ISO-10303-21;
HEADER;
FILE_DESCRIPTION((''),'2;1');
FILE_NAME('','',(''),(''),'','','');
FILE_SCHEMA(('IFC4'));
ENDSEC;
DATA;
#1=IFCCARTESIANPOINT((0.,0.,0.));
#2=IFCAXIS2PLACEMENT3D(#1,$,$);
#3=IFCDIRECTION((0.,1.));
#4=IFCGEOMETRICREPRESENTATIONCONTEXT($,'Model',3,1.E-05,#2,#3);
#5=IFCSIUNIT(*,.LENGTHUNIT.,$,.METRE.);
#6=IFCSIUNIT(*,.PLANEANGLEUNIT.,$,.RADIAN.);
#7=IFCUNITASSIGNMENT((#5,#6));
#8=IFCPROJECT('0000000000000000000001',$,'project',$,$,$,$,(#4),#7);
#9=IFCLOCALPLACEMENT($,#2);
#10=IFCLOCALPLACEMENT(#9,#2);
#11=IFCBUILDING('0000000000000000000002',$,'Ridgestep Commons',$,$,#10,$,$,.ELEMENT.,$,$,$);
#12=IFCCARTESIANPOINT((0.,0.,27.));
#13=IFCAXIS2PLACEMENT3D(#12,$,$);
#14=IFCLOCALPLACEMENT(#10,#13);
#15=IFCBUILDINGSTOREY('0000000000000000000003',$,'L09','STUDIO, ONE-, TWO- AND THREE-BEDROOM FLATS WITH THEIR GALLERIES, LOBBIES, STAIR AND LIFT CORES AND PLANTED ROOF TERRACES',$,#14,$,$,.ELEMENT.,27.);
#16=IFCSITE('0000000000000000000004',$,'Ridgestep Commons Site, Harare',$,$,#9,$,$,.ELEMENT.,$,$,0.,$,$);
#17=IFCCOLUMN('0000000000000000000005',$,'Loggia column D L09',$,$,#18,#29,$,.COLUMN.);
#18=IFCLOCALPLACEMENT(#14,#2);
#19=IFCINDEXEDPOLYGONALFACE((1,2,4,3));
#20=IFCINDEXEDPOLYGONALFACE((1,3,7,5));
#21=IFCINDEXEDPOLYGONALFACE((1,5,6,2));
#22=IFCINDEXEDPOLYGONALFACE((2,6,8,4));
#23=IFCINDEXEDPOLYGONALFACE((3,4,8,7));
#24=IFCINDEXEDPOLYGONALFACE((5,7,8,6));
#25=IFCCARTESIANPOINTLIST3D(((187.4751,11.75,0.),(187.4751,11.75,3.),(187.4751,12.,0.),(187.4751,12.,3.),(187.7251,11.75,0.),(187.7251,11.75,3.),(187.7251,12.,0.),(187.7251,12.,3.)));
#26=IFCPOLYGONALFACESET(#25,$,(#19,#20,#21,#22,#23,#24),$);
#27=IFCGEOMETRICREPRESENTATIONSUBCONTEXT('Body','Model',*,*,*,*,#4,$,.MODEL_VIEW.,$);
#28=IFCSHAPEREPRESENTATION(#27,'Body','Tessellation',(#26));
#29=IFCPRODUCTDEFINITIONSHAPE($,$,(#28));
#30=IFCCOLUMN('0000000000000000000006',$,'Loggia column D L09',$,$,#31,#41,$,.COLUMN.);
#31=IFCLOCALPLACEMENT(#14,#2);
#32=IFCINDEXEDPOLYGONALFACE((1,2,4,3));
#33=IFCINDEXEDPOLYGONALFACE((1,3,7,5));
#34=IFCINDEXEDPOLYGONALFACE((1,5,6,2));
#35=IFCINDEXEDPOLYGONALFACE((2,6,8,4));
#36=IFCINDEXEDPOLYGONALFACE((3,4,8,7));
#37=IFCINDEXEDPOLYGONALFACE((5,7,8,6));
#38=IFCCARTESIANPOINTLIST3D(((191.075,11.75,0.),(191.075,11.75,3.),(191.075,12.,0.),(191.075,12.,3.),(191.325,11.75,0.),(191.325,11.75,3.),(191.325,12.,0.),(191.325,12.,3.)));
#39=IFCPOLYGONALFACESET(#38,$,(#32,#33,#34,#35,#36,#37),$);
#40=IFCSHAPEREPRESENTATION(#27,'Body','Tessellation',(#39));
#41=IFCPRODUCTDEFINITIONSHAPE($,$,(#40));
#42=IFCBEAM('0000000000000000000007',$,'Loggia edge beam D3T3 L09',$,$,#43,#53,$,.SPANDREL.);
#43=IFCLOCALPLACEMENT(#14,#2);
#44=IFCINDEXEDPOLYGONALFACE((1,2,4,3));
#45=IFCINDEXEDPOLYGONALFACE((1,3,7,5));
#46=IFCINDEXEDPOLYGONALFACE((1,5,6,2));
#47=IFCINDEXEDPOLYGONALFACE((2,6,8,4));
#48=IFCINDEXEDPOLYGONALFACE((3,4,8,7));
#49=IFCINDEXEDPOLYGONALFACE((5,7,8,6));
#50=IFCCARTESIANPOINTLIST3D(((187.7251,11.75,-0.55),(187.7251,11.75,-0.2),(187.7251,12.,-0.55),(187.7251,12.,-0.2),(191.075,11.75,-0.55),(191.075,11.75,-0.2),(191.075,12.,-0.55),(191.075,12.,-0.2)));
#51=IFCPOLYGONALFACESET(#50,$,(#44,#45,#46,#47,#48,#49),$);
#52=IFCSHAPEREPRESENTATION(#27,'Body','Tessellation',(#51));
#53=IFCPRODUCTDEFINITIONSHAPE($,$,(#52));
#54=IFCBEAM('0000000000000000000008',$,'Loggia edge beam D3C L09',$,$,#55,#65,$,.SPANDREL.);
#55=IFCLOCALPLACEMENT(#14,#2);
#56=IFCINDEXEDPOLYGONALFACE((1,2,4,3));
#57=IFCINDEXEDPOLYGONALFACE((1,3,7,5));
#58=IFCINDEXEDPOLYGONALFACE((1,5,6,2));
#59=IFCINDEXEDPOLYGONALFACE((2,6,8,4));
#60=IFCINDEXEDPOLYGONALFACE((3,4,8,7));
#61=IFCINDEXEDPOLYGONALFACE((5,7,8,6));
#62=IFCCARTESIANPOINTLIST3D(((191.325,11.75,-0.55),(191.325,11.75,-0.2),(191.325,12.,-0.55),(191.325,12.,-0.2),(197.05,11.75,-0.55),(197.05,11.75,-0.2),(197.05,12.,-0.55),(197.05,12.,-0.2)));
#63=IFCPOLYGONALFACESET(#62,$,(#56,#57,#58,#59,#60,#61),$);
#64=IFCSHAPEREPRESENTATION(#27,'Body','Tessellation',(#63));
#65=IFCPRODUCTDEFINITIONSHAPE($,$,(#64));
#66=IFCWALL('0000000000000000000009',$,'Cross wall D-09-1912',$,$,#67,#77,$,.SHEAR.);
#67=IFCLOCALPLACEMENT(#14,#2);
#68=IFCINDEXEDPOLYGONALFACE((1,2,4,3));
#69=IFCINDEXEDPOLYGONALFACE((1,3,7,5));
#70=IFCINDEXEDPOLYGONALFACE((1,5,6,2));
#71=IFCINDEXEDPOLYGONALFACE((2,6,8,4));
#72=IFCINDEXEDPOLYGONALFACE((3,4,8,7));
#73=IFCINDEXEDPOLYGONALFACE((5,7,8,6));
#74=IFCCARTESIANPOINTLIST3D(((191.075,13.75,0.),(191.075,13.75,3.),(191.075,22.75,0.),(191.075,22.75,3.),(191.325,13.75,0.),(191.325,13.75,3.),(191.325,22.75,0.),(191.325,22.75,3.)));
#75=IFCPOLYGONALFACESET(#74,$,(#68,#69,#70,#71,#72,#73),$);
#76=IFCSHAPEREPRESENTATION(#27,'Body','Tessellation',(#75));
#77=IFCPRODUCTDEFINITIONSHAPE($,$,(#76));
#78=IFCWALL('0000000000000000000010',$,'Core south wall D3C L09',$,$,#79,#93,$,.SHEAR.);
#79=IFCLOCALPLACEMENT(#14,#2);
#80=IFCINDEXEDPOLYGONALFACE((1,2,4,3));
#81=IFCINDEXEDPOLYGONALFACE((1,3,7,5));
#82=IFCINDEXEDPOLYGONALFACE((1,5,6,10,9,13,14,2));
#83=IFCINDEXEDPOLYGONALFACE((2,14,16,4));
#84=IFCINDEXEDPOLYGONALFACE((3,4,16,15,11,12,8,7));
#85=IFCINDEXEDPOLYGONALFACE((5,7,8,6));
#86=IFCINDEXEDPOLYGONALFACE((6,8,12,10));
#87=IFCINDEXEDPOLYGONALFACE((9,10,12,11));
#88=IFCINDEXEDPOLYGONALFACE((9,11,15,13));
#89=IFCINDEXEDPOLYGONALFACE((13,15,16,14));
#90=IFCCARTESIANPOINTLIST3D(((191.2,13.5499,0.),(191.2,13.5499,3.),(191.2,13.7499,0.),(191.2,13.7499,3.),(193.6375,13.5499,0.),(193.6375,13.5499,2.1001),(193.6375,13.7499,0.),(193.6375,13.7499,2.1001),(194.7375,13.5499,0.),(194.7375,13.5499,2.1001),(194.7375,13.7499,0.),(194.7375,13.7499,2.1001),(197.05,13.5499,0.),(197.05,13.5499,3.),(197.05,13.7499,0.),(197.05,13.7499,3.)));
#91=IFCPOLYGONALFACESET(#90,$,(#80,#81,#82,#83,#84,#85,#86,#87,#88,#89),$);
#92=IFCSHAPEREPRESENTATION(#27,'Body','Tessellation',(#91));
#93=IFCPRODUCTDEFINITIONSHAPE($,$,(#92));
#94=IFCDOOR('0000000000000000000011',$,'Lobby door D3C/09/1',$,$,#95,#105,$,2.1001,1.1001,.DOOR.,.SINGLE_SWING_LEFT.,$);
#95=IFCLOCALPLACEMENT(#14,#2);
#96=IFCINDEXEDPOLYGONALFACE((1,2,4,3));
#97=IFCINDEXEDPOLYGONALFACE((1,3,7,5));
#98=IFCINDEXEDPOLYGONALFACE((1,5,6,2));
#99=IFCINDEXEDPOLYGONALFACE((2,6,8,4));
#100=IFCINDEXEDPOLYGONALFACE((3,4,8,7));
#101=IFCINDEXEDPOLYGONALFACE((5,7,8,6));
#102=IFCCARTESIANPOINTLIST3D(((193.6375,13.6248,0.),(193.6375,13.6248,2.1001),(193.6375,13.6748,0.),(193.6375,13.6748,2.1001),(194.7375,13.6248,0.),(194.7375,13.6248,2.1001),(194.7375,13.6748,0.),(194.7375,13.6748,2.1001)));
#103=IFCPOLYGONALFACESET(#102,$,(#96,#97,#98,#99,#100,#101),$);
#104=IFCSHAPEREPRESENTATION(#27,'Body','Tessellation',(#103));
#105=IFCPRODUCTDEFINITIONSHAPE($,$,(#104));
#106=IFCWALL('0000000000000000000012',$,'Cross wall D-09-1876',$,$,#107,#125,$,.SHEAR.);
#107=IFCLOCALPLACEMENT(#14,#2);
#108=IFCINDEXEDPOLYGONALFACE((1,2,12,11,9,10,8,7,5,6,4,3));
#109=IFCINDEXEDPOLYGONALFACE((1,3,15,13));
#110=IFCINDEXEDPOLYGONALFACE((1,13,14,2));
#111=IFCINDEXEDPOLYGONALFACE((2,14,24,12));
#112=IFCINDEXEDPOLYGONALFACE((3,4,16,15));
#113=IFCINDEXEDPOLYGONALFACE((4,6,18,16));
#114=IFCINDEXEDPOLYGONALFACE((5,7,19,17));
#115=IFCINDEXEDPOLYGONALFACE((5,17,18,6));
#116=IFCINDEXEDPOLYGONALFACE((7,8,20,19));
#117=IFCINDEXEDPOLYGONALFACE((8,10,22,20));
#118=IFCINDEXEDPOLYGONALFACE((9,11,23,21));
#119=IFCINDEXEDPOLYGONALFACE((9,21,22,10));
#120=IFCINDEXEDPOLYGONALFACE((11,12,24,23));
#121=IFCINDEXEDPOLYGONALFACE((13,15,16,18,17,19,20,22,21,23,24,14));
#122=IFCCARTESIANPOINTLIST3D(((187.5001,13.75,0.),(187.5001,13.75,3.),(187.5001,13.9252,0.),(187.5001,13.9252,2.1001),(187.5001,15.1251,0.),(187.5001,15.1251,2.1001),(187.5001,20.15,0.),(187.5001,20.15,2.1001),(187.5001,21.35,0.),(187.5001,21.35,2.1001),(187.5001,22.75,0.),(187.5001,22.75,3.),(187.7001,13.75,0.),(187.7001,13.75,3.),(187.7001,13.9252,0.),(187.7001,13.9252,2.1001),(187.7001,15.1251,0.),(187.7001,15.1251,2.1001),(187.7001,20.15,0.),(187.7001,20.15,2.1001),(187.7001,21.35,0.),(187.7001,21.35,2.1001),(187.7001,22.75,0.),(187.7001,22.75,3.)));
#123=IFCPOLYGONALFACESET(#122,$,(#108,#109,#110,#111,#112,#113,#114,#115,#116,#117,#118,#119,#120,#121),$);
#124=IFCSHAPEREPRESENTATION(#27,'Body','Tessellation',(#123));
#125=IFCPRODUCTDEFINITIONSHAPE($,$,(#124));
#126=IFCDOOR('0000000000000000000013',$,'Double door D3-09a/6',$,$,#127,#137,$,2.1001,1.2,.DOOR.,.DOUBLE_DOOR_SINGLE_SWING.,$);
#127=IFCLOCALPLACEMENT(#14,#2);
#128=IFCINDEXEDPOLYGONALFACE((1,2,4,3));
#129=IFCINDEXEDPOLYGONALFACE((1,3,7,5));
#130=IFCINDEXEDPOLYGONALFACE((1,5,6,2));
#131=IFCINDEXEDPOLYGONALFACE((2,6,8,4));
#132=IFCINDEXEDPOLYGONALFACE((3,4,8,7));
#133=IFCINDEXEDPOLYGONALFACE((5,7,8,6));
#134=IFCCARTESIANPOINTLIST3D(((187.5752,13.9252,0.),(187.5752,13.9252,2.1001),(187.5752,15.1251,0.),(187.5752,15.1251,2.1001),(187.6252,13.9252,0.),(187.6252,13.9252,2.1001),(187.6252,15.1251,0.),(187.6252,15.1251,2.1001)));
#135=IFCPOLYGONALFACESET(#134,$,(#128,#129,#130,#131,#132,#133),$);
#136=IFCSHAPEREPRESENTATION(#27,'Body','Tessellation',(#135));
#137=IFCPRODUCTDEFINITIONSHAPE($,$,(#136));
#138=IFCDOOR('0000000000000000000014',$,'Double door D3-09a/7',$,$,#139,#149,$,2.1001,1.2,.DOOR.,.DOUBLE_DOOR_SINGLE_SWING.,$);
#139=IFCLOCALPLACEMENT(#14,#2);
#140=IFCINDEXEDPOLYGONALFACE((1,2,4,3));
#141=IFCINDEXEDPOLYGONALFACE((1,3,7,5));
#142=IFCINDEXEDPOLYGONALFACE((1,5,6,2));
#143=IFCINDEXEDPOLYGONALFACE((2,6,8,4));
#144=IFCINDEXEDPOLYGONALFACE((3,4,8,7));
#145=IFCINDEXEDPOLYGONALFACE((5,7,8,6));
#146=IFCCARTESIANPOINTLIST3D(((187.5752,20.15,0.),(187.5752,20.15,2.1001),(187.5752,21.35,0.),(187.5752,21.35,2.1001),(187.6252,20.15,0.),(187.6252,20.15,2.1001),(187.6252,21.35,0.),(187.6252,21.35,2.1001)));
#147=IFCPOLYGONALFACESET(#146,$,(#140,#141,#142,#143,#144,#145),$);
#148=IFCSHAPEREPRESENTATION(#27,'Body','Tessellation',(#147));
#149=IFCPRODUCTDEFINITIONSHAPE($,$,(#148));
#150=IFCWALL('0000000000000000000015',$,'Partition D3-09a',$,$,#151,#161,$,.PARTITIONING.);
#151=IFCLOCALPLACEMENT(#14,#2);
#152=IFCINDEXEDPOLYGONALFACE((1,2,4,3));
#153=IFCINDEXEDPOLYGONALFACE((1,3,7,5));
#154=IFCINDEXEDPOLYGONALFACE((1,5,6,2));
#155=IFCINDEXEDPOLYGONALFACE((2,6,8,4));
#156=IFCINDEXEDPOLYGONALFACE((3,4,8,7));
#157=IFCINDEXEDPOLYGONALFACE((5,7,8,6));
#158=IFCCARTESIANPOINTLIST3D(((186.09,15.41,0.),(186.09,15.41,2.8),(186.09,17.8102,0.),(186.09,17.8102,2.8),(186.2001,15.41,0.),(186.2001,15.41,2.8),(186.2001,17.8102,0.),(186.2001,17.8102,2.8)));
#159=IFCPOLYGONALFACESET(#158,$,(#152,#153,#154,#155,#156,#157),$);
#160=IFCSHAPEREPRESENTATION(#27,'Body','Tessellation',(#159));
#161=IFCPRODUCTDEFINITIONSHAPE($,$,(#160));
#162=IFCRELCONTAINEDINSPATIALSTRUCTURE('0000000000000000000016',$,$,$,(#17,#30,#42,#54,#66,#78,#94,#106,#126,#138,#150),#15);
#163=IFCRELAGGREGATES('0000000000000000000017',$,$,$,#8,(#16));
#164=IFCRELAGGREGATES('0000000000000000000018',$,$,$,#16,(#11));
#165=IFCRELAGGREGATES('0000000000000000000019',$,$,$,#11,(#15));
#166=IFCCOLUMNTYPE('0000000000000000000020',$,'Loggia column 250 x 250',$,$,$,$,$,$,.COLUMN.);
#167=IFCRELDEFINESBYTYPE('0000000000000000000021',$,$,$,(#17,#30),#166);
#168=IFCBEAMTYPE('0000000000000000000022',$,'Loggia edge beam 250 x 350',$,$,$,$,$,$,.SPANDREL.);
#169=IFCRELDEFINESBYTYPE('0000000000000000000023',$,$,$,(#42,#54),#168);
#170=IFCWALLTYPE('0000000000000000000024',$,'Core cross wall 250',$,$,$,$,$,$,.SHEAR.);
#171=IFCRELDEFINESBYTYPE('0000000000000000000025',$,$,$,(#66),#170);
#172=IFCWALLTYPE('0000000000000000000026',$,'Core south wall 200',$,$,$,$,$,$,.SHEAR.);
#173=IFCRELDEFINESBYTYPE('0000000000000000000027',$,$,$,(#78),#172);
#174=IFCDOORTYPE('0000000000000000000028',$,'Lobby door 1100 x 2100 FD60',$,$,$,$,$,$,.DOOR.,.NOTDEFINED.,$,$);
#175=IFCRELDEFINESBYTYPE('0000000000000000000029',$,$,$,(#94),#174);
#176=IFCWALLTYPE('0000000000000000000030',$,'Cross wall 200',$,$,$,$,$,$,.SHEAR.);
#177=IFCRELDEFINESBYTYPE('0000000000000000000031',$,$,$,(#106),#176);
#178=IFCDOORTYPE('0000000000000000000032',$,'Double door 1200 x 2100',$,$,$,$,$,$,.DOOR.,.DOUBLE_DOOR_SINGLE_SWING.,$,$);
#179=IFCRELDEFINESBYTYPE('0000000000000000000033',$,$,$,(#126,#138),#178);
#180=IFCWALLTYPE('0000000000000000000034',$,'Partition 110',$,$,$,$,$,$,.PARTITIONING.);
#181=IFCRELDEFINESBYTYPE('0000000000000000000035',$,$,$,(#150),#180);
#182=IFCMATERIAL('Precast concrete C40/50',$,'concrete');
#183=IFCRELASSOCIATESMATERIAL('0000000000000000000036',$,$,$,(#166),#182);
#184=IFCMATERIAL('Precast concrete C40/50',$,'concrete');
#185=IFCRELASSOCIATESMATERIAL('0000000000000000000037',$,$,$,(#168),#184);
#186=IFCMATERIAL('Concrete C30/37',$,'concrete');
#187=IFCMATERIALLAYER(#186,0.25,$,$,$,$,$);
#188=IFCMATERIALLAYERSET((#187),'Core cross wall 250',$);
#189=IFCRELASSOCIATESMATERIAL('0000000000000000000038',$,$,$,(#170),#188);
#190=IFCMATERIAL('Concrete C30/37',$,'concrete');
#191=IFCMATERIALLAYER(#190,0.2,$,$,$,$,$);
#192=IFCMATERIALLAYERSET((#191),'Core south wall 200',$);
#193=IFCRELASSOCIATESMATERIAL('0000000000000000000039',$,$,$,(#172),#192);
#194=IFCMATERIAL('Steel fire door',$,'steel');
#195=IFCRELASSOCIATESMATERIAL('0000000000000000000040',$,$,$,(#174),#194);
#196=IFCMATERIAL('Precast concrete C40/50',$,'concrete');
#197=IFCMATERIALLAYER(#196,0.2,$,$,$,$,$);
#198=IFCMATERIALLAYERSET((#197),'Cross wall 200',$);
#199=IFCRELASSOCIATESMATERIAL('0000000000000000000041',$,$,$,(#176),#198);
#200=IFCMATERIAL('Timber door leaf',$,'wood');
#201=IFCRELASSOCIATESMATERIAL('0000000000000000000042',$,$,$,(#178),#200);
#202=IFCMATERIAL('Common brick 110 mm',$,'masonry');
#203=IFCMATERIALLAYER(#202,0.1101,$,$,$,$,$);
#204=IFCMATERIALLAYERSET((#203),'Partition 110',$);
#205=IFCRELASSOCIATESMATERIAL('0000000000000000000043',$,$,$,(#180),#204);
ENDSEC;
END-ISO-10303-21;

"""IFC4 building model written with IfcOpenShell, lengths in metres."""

from ifc_helpers import new_model, si_unit, direction, frame, frame_2d, origin, origin_2d, place, context, subcontext, project, spatial, rectangle, extrude, material, layer, layer_set, material_profile, profile_set, type_object, element, fill, save


model = new_model("IFC4")

# Units and contexts
model_context = context("Model", 3, precision=1e-05, world=origin(), true_north=direction((0.0, 1.0)))
body_context = subcontext(model_context, "Body", "Model", "MODEL_VIEW")
ifc_project = project(units=[si_unit("LENGTHUNIT", "METRE"), si_unit("PLANEANGLEUNIT", "RADIAN")], contexts=[model_context])

# Site, building, storey
site_placement = place(None, origin())
site = spatial("IfcSite", under=ifc_project, at=site_placement, Name="Ridgestep Commons Site, Harare", CompositionType="ELEMENT", RefElevation=0.0)
building_placement = place(site_placement, origin())
building = spatial("IfcBuilding", under=site, at=building_placement, Name="Ridgestep Commons", CompositionType="ELEMENT")
storey_placement = place(building_placement, frame((0.0, 0.0, 27.0)))
storey = spatial("IfcBuildingStorey", under=building, at=storey_placement, Name="L09", Description="STUDIO, ONE-, TWO- AND THREE-BEDROOM FLATS WITH THEIR GALLERIES, LOBBIES, STAIR AND LIFT CORES AND PLANTED ROOF TERRACES", CompositionType="ELEMENT", Elevation=27.0)

# Columns
ifc_material_1 = material(Name="Precast concrete C40/50", Category="concrete")
ifc_material_profile_1 = material_profile(ifc_material_1, rectangle(XDim=0.25, YDim=0.25, at=origin_2d()), Name="PC 250x250")
ifc_profile_set_1 = profile_set([ifc_material_profile_1], Name="Precast concrete C40/50")
column_type = type_object("IfcColumnType", Name="Loggia column 250 x 250", PredefinedType="COLUMN", material=ifc_profile_set_1)
for number, where, z_axis, x_axis, name in (
    (1, (187.6001, 11.875, 0.0), (0.0, 0.0, 1.0), (1.0, 0.0, 0.0), "Loggia column D L09"),
    (2, (191.2, 11.875, 0.0), (0.0, 0.0, 1.0), (1.0, 0.0, 0.0), "Loggia column D L09"),
):
    element("IfcColumn", number, at=place(storey_placement, frame(where, z_axis=z_axis, x_axis=x_axis)), inside=storey, type_object=column_type, Name=name, PredefinedType="COLUMN", context=body_context, shape_type="SweptSolid", body=[
        extrude(rectangle(XDim=0.25, YDim=0.25, at=origin_2d()), origin(), (0.0, 0.0, 1.0), 3.0),
    ])

# Beams
ifc_material_2 = material(Name="Precast concrete C40/50", Category="concrete")
ifc_material_profile_2 = material_profile(ifc_material_2, rectangle(XDim=0.25, YDim=0.3501, at=origin_2d()), Name="PC 250x350")
ifc_profile_set_2 = profile_set([ifc_material_profile_2], Name="Precast concrete C40/50")
beam_type = type_object("IfcBeamType", Name="Loggia edge beam 250 x 350", PredefinedType="SPANDREL", material=ifc_profile_set_2)
beam_1_placement = place(storey_placement, frame((187.7251, 11.875, -0.375), z_axis=(1.0, 0.0, 0.0), x_axis=(0.0, 1.0, 0.0)))
element("IfcBeam", 3, at=beam_1_placement, inside=storey, type_object=beam_type, Name="Loggia edge beam D3T3 L09", PredefinedType="SPANDREL", context=body_context, shape_type="SweptSolid", body=[
    extrude(rectangle(XDim=0.25, YDim=0.3501, at=origin_2d()), origin(), (0.0, 0.0, 1.0), 3.3499),
])
beam_2_placement = place(storey_placement, frame((191.325, 11.875, -0.375), z_axis=(1.0, 0.0, 0.0), x_axis=(0.0, 1.0, 0.0)))
element("IfcBeam", 4, at=beam_2_placement, inside=storey, type_object=beam_type, Name="Loggia edge beam D3C L09", PredefinedType="SPANDREL", context=body_context, shape_type="SweptSolid", body=[
    extrude(rectangle(XDim=0.25, YDim=0.3501, at=origin_2d()), origin(), (0.0, 0.0, 1.0), 5.7251),
])

# Wall
ifc_material_3 = material(Name="Concrete C30/37", Category="concrete")
ifc_layer_1 = layer(ifc_material_3, 0.25)
ifc_layer_set_1 = layer_set([ifc_layer_1], Name="Core cross wall 250")
wall_type_1 = type_object("IfcWallType", Name="Core cross wall 250", PredefinedType="SHEAR", material=ifc_layer_set_1)
wall_1_placement = place(storey_placement, frame((191.2, 13.75, 0.0), z_axis=(0.0, 0.0, 1.0), x_axis=(0.0, 1.0, 0.0)))
element("IfcWall", 5, at=wall_1_placement, inside=storey, type_object=wall_type_1, Name="Cross wall D-09-1912", PredefinedType="SHEAR", context=body_context, shape_type="SweptSolid", body=[
    extrude(rectangle(XDim=9.0, YDim=0.25, at=frame_2d((4.5, 0.0))), origin(), (0.0, 0.0, 1.0), 3.0),
])

# Wall, opening, door
ifc_material_4 = material(Name="Concrete C30/37", Category="concrete")
ifc_layer_2 = layer(ifc_material_4, 0.2)
ifc_layer_set_2 = layer_set([ifc_layer_2], Name="Core south wall 200")
wall_type_2 = type_object("IfcWallType", Name="Core south wall 200", PredefinedType="SHEAR", material=ifc_layer_set_2)
wall_2_placement = place(storey_placement, frame((191.2, 13.6499, 0.0), z_axis=(0.0, 0.0, 1.0), x_axis=(1.0, 0.0, 0.0)))
wall_2 = element("IfcWall", 6, at=wall_2_placement, inside=storey, type_object=wall_type_2, Name="Core south wall D3C L09", PredefinedType="SHEAR", context=body_context, shape_type="SweptSolid", body=[
    extrude(rectangle(XDim=5.8501, YDim=0.2, at=frame_2d((2.925, 0.0))), origin(), (0.0, 0.0, 1.0), 3.0),
])
opening_1_placement = place(wall_2_placement, frame((2.4375, 0.0, 0.0)))
opening_1 = element("IfcOpeningElement", 7, at=opening_1_placement, cuts=wall_2, PredefinedType="OPENING", context=body_context, shape_type="SweptSolid", body=[
    extrude(rectangle(XDim=1.1001, YDim=2.1001, at=frame_2d((0.55, 1.05))), frame((0.0, 0.1099, 0.0), z_axis=(0.0, -1.0, 0.0), x_axis=(1.0, 0.0, 0.0)), (0.0, 0.0, 1.0), 0.22),
])
ifc_material_5 = material(Name="Steel fire door", Category="steel")
door_type_1 = type_object("IfcDoorType", Name="Lobby door 1100 x 2100 FD60", OperationType="NOTDEFINED", PredefinedType="DOOR", material=ifc_material_5)
door_1_placement = place(opening_1_placement, origin())
door_1 = element("IfcDoor", 8, at=door_1_placement, inside=storey, type_object=door_type_1, Name="Lobby door D3C/09/1", OperationType="SINGLE_SWING_LEFT", OverallHeight=2.1001, OverallWidth=1.1001, PredefinedType="DOOR", context=body_context, shape_type="SweptSolid", body=[
    extrude(rectangle(XDim=1.1001, YDim=2.1001, at=frame_2d((0.55, 1.05))), frame((0.0, 0.0249, 0.0), z_axis=(0.0, -1.0, 0.0), x_axis=(1.0, 0.0, 0.0)), (0.0, 0.0, 1.0), 0.05),
])
fill(opening_1, door_1)

# Wall, openings, doors
ifc_material_6 = material(Name="Precast concrete C40/50", Category="concrete")
ifc_layer_3 = layer(ifc_material_6, 0.2)
ifc_layer_set_3 = layer_set([ifc_layer_3], Name="Cross wall 200")
wall_type_3 = type_object("IfcWallType", Name="Cross wall 200", PredefinedType="SHEAR", material=ifc_layer_set_3)
wall_3_placement = place(storey_placement, frame((187.6001, 13.75, 0.0), z_axis=(0.0, 0.0, 1.0), x_axis=(0.0, 1.0, 0.0)))
wall_3 = element("IfcWall", 9, at=wall_3_placement, inside=storey, type_object=wall_type_3, Name="Cross wall D-09-1876", PredefinedType="SHEAR", context=body_context, shape_type="SweptSolid", body=[
    extrude(rectangle(XDim=9.0, YDim=0.2, at=frame_2d((4.5, 0.0))), origin(), (0.0, 0.0, 1.0), 3.0),
])
opening_2_placement = place(wall_3_placement, frame((0.175, 0.0, 0.0)))
opening_2 = element("IfcOpeningElement", 10, at=opening_2_placement, cuts=wall_3, PredefinedType="OPENING", context=body_context, shape_type="SweptSolid", body=[
    extrude(rectangle(XDim=1.2, YDim=2.1001, at=frame_2d((0.6001, 1.05))), frame((0.0, 0.1099, 0.0), z_axis=(0.0, -1.0, 0.0), x_axis=(1.0, 0.0, 0.0)), (0.0, 0.0, 1.0), 0.22),
])
opening_3_placement = place(wall_3_placement, frame((6.3999, 0.0, 0.0)))
opening_3 = element("IfcOpeningElement", 11, at=opening_3_placement, cuts=wall_3, PredefinedType="OPENING", context=body_context, shape_type="SweptSolid", body=[
    extrude(rectangle(XDim=1.2, YDim=2.1001, at=frame_2d((0.6001, 1.05))), frame((0.0, 0.1099, 0.0), z_axis=(0.0, -1.0, 0.0), x_axis=(1.0, 0.0, 0.0)), (0.0, 0.0, 1.0), 0.22),
])
ifc_material_7 = material(Name="Timber door leaf", Category="wood")
door_type_2 = type_object("IfcDoorType", Name="Double door 1200 x 2100", OperationType="DOUBLE_DOOR_SINGLE_SWING", PredefinedType="DOOR", material=ifc_material_7)
door_2_placement = place(opening_2_placement, origin())
door_2 = element("IfcDoor", 12, at=door_2_placement, inside=storey, type_object=door_type_2, Name="Double door D3-09a/6", OperationType="DOUBLE_DOOR_SINGLE_SWING", OverallHeight=2.1001, OverallWidth=1.2, PredefinedType="DOOR", context=body_context, shape_type="SweptSolid", body=[
    extrude(rectangle(XDim=1.2, YDim=2.1001, at=frame_2d((0.6001, 1.05))), frame((0.0, 0.0249, 0.0), z_axis=(0.0, -1.0, 0.0), x_axis=(1.0, 0.0, 0.0)), (0.0, 0.0, 1.0), 0.05),
])
fill(opening_2, door_2)
door_3_placement = place(opening_3_placement, origin())
door_3 = element("IfcDoor", 13, at=door_3_placement, inside=storey, type_object=door_type_2, Name="Double door D3-09a/7", OperationType="DOUBLE_DOOR_SINGLE_SWING", OverallHeight=2.1001, OverallWidth=1.2, PredefinedType="DOOR", context=body_context, shape_type="SweptSolid", body=[
    extrude(rectangle(XDim=1.2, YDim=2.1001, at=frame_2d((0.6001, 1.05))), frame((0.0, 0.0249, 0.0), z_axis=(0.0, -1.0, 0.0), x_axis=(1.0, 0.0, 0.0)), (0.0, 0.0, 1.0), 0.05),
])
fill(opening_3, door_3)

# Wall
ifc_material_8 = material(Name="Common brick 110 mm", Category="masonry")
ifc_layer_4 = layer(ifc_material_8, 0.1101)
ifc_layer_set_4 = layer_set([ifc_layer_4], Name="Partition 110")
wall_type_4 = type_object("IfcWallType", Name="Partition 110", PredefinedType="PARTITIONING", material=ifc_layer_set_4)
wall_4_placement = place(storey_placement, frame((186.145, 15.4099, 0.0), z_axis=(0.0, 0.0, 1.0), x_axis=(0.0, 1.0, 0.0)))
element("IfcWall", 14, at=wall_4_placement, inside=storey, type_object=wall_type_4, Name="Partition D3-09a", PredefinedType="PARTITIONING", context=body_context, shape_type="SweptSolid", body=[
    extrude(rectangle(XDim=2.4001, YDim=0.1101, at=frame_2d((1.2002, 0.0))), origin(), (0.0, 0.0, 1.0), 2.8),
])

save(model, "model.ifc")
